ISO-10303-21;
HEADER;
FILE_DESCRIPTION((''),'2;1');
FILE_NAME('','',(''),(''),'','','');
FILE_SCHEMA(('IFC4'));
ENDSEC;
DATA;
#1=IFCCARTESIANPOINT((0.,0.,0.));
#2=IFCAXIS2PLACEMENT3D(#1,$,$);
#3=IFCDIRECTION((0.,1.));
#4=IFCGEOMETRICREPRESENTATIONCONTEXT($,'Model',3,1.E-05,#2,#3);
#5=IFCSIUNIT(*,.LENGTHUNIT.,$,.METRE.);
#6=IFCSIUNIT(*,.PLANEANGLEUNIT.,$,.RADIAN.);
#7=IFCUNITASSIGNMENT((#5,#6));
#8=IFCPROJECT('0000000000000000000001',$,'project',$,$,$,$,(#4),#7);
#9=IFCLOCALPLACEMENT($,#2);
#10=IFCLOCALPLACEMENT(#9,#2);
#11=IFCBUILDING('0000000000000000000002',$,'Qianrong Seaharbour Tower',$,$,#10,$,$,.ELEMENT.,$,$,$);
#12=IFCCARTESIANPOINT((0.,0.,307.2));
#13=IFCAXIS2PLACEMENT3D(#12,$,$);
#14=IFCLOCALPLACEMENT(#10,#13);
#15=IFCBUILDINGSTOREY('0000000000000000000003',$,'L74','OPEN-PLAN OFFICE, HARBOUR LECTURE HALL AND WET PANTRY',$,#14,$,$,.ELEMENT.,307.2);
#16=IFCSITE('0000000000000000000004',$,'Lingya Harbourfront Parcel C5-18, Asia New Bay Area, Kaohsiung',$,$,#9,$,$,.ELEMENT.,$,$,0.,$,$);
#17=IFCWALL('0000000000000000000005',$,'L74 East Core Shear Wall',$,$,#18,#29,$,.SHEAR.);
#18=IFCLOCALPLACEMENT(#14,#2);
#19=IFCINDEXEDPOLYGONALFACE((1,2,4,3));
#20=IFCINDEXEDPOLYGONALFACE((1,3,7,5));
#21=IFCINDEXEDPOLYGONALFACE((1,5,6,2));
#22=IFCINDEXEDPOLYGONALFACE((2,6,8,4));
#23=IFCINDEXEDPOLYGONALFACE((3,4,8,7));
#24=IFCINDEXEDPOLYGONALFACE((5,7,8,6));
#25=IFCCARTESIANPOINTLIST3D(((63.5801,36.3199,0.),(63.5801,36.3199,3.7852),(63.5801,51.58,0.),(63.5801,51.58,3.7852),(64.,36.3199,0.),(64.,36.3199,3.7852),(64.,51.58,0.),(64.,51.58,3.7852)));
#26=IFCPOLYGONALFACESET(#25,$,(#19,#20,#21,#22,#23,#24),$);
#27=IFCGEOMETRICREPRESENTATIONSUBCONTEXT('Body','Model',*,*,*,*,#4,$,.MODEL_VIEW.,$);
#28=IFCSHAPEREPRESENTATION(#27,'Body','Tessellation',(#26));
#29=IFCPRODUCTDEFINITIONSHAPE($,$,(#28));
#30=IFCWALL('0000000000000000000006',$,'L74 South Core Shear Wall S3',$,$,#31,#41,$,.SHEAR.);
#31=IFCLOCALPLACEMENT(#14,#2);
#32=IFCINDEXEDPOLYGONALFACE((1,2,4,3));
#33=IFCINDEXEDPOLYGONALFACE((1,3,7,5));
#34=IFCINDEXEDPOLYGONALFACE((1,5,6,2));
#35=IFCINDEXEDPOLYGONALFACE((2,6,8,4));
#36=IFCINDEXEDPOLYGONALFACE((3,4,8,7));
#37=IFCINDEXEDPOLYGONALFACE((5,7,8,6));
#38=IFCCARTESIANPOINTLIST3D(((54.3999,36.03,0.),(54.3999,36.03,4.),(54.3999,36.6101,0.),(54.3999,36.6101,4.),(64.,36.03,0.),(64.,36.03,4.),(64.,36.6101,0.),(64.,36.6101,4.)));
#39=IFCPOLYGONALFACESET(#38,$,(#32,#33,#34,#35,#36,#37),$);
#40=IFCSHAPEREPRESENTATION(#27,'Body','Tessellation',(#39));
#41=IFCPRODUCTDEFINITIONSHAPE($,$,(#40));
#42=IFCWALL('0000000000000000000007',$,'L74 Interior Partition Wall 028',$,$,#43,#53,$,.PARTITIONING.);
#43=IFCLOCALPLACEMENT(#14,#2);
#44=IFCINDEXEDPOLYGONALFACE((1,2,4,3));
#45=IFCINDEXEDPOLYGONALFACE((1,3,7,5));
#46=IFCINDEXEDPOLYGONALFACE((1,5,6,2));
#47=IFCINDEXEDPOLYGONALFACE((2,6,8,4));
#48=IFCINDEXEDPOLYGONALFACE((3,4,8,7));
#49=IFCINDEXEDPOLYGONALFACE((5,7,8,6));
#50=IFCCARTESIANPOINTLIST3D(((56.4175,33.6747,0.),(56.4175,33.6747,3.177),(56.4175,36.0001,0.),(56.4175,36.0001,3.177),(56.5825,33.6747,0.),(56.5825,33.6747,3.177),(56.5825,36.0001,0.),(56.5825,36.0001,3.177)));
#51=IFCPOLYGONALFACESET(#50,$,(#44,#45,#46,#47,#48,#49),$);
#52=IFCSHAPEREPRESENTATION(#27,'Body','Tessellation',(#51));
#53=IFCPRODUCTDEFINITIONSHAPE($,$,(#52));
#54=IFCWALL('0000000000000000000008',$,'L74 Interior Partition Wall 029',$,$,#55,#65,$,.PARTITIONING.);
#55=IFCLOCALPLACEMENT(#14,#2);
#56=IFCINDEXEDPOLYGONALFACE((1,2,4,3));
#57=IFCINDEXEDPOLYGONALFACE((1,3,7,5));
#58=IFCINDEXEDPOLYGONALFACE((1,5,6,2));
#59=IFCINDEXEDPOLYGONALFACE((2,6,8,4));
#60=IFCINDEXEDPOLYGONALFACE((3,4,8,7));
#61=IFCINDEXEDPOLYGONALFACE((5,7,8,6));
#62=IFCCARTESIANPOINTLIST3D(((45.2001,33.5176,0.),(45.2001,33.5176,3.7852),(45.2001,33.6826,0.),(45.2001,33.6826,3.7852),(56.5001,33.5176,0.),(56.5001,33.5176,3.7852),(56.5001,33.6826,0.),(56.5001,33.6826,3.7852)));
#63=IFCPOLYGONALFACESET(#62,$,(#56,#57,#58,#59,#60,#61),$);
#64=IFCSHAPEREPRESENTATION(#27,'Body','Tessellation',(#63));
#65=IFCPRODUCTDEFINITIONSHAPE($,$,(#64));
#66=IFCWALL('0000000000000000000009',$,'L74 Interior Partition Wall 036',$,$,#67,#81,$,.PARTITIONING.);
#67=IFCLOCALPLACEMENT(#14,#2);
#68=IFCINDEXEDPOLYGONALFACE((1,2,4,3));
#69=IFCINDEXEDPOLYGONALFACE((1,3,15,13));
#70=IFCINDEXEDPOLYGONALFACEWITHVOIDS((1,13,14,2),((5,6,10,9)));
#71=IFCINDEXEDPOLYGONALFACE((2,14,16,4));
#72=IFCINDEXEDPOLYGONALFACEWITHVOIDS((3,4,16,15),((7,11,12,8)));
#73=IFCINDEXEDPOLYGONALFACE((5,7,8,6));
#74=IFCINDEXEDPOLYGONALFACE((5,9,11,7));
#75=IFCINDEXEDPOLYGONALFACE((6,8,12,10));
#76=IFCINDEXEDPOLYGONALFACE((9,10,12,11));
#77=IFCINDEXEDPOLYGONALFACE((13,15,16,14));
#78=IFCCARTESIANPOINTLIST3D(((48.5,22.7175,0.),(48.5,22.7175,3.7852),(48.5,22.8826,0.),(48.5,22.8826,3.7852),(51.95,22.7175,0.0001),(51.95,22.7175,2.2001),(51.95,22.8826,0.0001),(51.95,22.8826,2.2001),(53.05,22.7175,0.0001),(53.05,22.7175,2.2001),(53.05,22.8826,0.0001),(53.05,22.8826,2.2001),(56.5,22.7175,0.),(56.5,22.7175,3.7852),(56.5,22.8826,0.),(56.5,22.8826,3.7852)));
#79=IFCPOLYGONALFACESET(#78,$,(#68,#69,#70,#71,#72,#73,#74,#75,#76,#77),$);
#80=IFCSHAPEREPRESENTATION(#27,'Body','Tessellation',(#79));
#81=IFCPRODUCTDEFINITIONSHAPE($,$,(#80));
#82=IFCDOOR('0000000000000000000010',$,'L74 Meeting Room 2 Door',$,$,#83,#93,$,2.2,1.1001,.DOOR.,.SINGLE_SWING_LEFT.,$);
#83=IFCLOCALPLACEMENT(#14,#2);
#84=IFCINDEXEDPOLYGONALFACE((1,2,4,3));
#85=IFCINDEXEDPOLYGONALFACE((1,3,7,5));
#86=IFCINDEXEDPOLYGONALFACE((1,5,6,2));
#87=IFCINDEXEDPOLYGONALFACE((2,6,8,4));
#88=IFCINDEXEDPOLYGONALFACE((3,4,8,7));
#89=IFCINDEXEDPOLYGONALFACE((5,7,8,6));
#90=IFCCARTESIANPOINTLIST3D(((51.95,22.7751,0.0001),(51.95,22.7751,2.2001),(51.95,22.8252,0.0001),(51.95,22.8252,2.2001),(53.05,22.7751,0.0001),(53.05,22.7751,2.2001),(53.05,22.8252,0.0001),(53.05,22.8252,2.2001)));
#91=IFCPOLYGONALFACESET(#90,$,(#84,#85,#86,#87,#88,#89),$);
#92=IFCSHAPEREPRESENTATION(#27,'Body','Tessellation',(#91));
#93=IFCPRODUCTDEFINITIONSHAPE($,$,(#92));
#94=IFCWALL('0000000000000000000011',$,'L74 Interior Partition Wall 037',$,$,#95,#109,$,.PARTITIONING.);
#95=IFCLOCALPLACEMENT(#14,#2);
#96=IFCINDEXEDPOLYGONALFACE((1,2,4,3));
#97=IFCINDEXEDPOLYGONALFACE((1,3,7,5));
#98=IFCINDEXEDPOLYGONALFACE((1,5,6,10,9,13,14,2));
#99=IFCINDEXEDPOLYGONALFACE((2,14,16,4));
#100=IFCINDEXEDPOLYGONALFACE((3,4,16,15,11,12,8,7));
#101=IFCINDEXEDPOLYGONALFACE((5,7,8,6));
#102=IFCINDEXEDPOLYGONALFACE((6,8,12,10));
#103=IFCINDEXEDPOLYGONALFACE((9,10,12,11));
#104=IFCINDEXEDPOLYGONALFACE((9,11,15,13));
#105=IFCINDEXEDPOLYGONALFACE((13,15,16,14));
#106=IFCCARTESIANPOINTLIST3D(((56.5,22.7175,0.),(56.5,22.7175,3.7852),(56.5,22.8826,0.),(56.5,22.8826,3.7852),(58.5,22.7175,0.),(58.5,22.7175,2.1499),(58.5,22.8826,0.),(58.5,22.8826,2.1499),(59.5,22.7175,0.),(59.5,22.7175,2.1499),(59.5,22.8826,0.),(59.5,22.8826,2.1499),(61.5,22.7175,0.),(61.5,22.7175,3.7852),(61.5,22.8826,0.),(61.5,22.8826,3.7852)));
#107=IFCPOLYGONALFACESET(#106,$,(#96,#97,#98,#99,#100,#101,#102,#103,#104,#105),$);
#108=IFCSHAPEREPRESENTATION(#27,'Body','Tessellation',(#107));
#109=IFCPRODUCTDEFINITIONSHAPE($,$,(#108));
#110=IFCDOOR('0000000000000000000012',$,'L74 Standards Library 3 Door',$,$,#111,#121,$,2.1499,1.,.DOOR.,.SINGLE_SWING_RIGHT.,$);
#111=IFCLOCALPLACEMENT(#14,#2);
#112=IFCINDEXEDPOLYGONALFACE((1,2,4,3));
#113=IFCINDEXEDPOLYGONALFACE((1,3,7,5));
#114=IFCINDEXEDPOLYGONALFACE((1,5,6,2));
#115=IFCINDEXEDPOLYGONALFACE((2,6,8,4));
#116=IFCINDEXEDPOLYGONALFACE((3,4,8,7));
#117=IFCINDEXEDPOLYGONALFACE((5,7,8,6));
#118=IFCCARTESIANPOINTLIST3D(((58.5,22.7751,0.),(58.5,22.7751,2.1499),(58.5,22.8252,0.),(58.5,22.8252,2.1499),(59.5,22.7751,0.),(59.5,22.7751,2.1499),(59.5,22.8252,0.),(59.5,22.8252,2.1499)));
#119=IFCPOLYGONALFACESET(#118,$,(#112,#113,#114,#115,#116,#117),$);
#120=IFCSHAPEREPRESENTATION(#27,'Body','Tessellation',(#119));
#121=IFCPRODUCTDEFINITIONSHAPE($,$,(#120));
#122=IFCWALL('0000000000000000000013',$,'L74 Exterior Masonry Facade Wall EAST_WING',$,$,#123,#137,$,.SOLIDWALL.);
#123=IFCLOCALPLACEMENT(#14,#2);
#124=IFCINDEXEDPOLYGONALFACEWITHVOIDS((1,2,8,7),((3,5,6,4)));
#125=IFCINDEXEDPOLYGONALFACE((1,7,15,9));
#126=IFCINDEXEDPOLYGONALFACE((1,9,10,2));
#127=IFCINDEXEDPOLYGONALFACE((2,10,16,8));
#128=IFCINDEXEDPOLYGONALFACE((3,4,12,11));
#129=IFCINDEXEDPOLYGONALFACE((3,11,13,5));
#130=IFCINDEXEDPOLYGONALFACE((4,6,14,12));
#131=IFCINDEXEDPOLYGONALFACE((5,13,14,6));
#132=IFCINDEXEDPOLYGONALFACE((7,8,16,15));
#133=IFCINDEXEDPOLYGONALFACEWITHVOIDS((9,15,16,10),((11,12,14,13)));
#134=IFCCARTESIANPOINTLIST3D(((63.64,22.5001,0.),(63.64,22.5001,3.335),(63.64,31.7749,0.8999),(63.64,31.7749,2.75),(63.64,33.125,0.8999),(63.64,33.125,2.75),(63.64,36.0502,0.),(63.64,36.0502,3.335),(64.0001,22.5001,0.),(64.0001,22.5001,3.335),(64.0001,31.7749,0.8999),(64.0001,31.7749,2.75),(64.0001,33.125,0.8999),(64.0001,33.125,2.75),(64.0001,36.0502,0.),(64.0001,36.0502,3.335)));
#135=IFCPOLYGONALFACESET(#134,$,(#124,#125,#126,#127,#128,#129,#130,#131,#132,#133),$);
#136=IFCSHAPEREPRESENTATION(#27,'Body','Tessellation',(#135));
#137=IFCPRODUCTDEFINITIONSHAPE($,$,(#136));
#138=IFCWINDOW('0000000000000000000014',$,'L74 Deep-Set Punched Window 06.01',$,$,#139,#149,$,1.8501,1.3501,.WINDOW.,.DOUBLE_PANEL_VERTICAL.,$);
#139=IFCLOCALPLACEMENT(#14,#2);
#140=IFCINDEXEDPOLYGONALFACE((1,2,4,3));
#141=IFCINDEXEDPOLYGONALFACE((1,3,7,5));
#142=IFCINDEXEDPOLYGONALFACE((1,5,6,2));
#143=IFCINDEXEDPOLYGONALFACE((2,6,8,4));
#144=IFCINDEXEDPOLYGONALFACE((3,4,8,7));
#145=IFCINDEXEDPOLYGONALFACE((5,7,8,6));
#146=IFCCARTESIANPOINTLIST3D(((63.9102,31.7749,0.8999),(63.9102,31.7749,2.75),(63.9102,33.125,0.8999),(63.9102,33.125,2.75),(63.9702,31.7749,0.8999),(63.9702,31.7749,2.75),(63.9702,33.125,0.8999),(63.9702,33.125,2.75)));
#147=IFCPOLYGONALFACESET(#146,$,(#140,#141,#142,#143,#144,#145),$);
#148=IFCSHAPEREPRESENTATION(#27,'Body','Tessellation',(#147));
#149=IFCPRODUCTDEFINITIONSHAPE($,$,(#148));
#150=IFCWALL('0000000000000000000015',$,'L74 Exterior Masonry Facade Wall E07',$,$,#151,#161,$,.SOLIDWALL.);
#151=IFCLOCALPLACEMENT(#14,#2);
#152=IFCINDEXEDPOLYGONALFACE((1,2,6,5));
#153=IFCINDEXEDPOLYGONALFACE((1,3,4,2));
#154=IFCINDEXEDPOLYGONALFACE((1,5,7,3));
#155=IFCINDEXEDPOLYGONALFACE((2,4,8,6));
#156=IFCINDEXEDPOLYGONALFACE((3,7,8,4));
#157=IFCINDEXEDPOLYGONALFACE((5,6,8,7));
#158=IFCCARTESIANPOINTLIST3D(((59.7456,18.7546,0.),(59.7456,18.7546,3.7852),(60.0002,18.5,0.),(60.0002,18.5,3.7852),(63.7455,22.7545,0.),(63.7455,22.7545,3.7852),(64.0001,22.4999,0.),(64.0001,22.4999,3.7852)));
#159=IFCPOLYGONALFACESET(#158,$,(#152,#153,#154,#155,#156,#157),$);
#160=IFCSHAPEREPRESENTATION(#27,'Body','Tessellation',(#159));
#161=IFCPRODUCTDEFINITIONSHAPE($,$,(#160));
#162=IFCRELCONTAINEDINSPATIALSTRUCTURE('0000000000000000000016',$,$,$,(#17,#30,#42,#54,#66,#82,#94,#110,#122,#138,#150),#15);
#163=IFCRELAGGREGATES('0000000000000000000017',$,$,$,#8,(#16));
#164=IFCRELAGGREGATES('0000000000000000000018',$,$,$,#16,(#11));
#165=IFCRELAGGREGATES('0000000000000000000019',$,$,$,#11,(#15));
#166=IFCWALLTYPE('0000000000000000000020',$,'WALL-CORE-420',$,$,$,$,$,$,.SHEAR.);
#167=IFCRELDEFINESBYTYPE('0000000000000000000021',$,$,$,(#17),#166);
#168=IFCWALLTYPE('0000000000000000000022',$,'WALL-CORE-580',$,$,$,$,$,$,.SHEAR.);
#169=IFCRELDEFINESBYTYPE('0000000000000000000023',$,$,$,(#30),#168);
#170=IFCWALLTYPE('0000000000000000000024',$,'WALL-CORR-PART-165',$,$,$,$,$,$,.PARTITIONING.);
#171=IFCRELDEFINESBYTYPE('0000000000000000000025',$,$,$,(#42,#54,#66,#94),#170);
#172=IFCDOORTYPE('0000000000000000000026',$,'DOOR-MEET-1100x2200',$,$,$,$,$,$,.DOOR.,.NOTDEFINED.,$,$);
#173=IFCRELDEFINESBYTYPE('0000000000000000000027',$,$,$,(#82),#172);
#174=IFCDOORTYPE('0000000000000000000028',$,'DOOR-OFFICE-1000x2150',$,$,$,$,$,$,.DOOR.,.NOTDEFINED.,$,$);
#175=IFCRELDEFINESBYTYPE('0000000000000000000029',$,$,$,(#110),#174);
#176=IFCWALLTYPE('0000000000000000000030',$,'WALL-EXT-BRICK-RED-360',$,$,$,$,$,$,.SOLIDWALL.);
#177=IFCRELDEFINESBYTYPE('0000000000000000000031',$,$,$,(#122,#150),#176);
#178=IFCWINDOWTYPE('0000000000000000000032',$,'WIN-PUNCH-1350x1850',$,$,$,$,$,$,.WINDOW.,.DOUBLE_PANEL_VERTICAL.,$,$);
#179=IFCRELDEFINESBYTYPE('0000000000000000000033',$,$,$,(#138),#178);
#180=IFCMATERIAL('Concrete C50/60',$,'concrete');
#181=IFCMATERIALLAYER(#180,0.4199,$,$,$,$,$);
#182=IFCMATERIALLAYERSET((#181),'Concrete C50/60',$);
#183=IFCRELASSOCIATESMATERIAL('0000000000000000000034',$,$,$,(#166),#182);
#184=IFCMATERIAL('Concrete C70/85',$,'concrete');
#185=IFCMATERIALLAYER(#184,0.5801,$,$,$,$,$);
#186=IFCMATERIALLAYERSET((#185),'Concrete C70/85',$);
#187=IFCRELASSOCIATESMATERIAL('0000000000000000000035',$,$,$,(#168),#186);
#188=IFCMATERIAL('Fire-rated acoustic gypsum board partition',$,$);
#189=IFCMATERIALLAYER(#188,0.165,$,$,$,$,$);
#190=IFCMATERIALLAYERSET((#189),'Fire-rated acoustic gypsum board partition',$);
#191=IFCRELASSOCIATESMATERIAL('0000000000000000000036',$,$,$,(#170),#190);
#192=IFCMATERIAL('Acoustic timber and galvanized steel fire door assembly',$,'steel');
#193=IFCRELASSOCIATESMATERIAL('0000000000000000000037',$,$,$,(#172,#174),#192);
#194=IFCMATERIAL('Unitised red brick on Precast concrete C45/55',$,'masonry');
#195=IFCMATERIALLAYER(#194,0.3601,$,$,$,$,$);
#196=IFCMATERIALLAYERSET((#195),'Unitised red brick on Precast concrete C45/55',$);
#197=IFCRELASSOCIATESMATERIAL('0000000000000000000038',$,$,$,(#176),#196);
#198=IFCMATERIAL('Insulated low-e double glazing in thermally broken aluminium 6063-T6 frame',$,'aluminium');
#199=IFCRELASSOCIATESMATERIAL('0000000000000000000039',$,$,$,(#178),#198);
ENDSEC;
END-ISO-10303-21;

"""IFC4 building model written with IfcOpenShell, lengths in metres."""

from ifc_helpers import new_model, si_unit, direction, frame, frame_2d, origin, place, context, subcontext, project, spatial, rectangle, extrude, material, layer, layer_set, type_object, element, fill, save


model = new_model("IFC4")

# Units and contexts
model_context = context("Model", 3, precision=1e-05, world=origin(), true_north=direction((0.0, 1.0)))
body_context = subcontext(model_context, "Body", "Model", "MODEL_VIEW")
ifc_project = project(units=[si_unit("LENGTHUNIT", "METRE"), si_unit("PLANEANGLEUNIT", "RADIAN")], contexts=[model_context])

# Site, building, storey
site_placement = place(None, origin())
site = spatial("IfcSite", under=ifc_project, at=site_placement, Name="Lingya Harbourfront Parcel C5-18, Asia New Bay Area, Kaohsiung", CompositionType="ELEMENT", RefElevation=0.0)
building_placement = place(site_placement, origin())
building = spatial("IfcBuilding", under=site, at=building_placement, Name="Qianrong Seaharbour Tower", CompositionType="ELEMENT")
storey_placement = place(building_placement, frame((0.0, 0.0, 307.2)))
storey = spatial("IfcBuildingStorey", under=building, at=storey_placement, Name="L74", Description="OPEN-PLAN OFFICE, HARBOUR LECTURE HALL AND WET PANTRY", CompositionType="ELEMENT", Elevation=307.2)

# Shared definitions
ifc_material_1 = material(Name="Concrete C50/60", Category="concrete")

# Walls
ifc_layer_1 = layer(ifc_material_1, 0.4199)
ifc_layer_set_1 = layer_set([ifc_layer_1], Name="Concrete C50/60")
wall_type_1 = type_object("IfcWallType", Name="WALL-CORE-420", PredefinedType="SHEAR", material=ifc_layer_set_1)
wall_1_placement = place(storey_placement, frame((63.79, 36.3201, 0.0), z_axis=(0.0, 0.0, 1.0), x_axis=(0.0, 1.0, 0.0)))
element("IfcWall", 1, at=wall_1_placement, inside=storey, type_object=wall_type_1, Name="L74 East Core Shear Wall", PredefinedType="SHEAR", context=body_context, shape_type="SweptSolid", body=[
    extrude(rectangle(XDim=15.26, YDim=0.4199, at=frame_2d((7.6299, 0.0))), origin(), (0.0, 0.0, 1.0), 3.7852),
])
ifc_material_2 = material(Name="Concrete C70/85", Category="concrete")
ifc_layer_2 = layer(ifc_material_2, 0.5801)
ifc_layer_set_2 = layer_set([ifc_layer_2], Name="Concrete C70/85")
wall_type_2 = type_object("IfcWallType", Name="WALL-CORE-580", PredefinedType="SHEAR", material=ifc_layer_set_2)
wall_2_placement = place(storey_placement, frame((54.3999, 36.3201, 0.0), z_axis=(0.0, 0.0, 1.0), x_axis=(1.0, 0.0, 0.0)))
element("IfcWall", 2, at=wall_2_placement, inside=storey, type_object=wall_type_2, Name="L74 South Core Shear Wall S3", PredefinedType="SHEAR", context=body_context, shape_type="SweptSolid", body=[
    extrude(rectangle(XDim=9.6001, YDim=0.5801, at=frame_2d((4.8, 0.0))), origin(), (0.0, 0.0, 1.0), 4.0),
])
ifc_material_3 = material(Name="Fire-rated acoustic gypsum board partition")
ifc_layer_3 = layer(ifc_material_3, 0.165)
ifc_layer_set_3 = layer_set([ifc_layer_3], Name="Fire-rated acoustic gypsum board partition")
wall_type_3 = type_object("IfcWallType", Name="WALL-CORR-PART-165", PredefinedType="PARTITIONING", material=ifc_layer_set_3)
wall_3_placement = place(storey_placement, frame((56.5, 36.0, 0.0), z_axis=(0.0, 0.0, 1.0), x_axis=(0.0, -1.0, 0.0)))
element("IfcWall", 3, at=wall_3_placement, inside=storey, type_object=wall_type_3, Name="L74 Interior Partition Wall 028", PredefinedType="PARTITIONING", context=body_context, shape_type="SweptSolid", body=[
    extrude(rectangle(XDim=2.3254, YDim=0.165, at=frame_2d((1.1626, 0.0))), origin(), (0.0, 0.0, 1.0), 3.177),
])
wall_4_placement = place(storey_placement, frame((56.5, 33.6001, 0.0), z_axis=(0.0, 0.0, 1.0), x_axis=(-1.0, 0.0, 0.0)))
element("IfcWall", 4, at=wall_4_placement, inside=storey, type_object=wall_type_3, Name="L74 Interior Partition Wall 029", PredefinedType="PARTITIONING", context=body_context, shape_type="SweptSolid", body=[
    extrude(rectangle(XDim=11.3, YDim=0.165, at=frame_2d((5.6499, 0.0))), origin(), (0.0, 0.0, 1.0), 3.7852),
])

# Walls, openings, doors
wall_5_placement = place(storey_placement, frame((56.5, 22.8, 0.0), z_axis=(0.0, 0.0, 1.0), x_axis=(-1.0, 0.0, 0.0)))
wall_5 = element("IfcWall", 5, at=wall_5_placement, inside=storey, type_object=wall_type_3, Name="L74 Interior Partition Wall 036", PredefinedType="PARTITIONING", context=body_context, shape_type="SweptSolid", body=[
    extrude(rectangle(XDim=8.0, YDim=0.165, at=frame_2d((4.0, 0.0))), origin(), (0.0, 0.0, 1.0), 3.7852),
])
opening_1_placement = place(wall_5_placement, frame((3.45, 0.0, 0.0)))
opening_1 = element("IfcOpeningElement", 6, at=opening_1_placement, cuts=wall_5, PredefinedType="OPENING", context=body_context, shape_type="SweptSolid", body=[
    extrude(rectangle(XDim=1.1001, YDim=2.2, at=frame_2d((0.55, 1.1001))), frame((0.0, 0.0925, 0.0), z_axis=(0.0, -1.0, 0.0), x_axis=(1.0, 0.0, 0.0)), (0.0, 0.0, 1.0), 0.1851),
])
ifc_material_4 = material(Name="Acoustic timber and galvanized steel fire door assembly", Category="steel")
door_type_1 = type_object("IfcDoorType", Name="DOOR-MEET-1100x2200", OperationType="NOTDEFINED", PredefinedType="DOOR", material=ifc_material_4)
door_1_placement = place(opening_1_placement, origin())
door_1 = element("IfcDoor", 7, at=door_1_placement, inside=storey, type_object=door_type_1, Name="L74 Meeting Room 2 Door", OperationType="SINGLE_SWING_LEFT", OverallHeight=2.2, OverallWidth=1.1001, PredefinedType="DOOR", context=body_context, shape_type="SweptSolid", body=[
    extrude(rectangle(XDim=1.1001, YDim=2.2, at=frame_2d((0.55, 1.1001))), frame((0.0, 0.0249, 0.0), z_axis=(0.0, -1.0, 0.0), x_axis=(1.0, 0.0, 0.0)), (0.0, 0.0, 1.0), 0.05),
])
fill(opening_1, door_1)
wall_6_placement = place(storey_placement, frame((61.5, 22.8, 0.0), z_axis=(0.0, 0.0, 1.0), x_axis=(-1.0, 0.0, 0.0)))
wall_6 = element("IfcWall", 8, at=wall_6_placement, inside=storey, type_object=wall_type_3, Name="L74 Interior Partition Wall 037", PredefinedType="PARTITIONING", context=body_context, shape_type="SweptSolid", body=[
    extrude(rectangle(XDim=5.0, YDim=0.165, at=frame_2d((2.5, 0.0))), origin(), (0.0, 0.0, 1.0), 3.7852),
])
opening_2_placement = place(wall_6_placement, frame((2.0, 0.0, 0.0)))
opening_2 = element("IfcOpeningElement", 9, at=opening_2_placement, cuts=wall_6, PredefinedType="OPENING", context=body_context, shape_type="SweptSolid", body=[
    extrude(rectangle(XDim=1.0, YDim=2.1499, at=frame_2d((0.5, 1.075))), frame((0.0, 0.0925, 0.0), z_axis=(0.0, -1.0, 0.0), x_axis=(1.0, 0.0, 0.0)), (0.0, 0.0, 1.0), 0.1851),
])
door_type_2 = type_object("IfcDoorType", Name="DOOR-OFFICE-1000x2150", OperationType="NOTDEFINED", PredefinedType="DOOR", material=ifc_material_4)
door_2_placement = place(opening_2_placement, origin())
door_2 = element("IfcDoor", 10, at=door_2_placement, inside=storey, type_object=door_type_2, Name="L74 Standards Library 3 Door", OperationType="SINGLE_SWING_RIGHT", OverallHeight=2.1499, OverallWidth=1.0, PredefinedType="DOOR", context=body_context, shape_type="SweptSolid", body=[
    extrude(rectangle(XDim=1.0, YDim=2.1499, at=frame_2d((0.5, 1.075))), frame((0.0, 0.0249, 0.0), z_axis=(0.0, -1.0, 0.0), x_axis=(1.0, 0.0, 0.0)), (0.0, 0.0, 1.0), 0.05),
])
fill(opening_2, door_2)

# Wall, opening, window
ifc_material_5 = material(Name="Unitised red brick on Precast concrete C45/55", Category="masonry")
ifc_layer_4 = layer(ifc_material_5, 0.3601)
ifc_layer_set_4 = layer_set([ifc_layer_4], Name="Unitised red brick on Precast concrete C45/55")
wall_type_4 = type_object("IfcWallType", Name="WALL-EXT-BRICK-RED-360", PredefinedType="SOLIDWALL", material=ifc_layer_set_4)
wall_7_placement = place(storey_placement, frame((63.8201, 36.05, 0.0), z_axis=(0.0, 0.0, 1.0), x_axis=(0.0, -1.0, 0.0)))
wall_7 = element("IfcWall", 11, at=wall_7_placement, inside=storey, type_object=wall_type_4, Name="L74 Exterior Masonry Facade Wall EAST_WING", PredefinedType="SOLIDWALL", context=body_context, shape_type="SweptSolid", body=[
    extrude(rectangle(XDim=13.55, YDim=0.3601, at=frame_2d((6.7749, 0.0))), origin(), (0.0, 0.0, 1.0), 3.335),
])
opening_3_placement = place(wall_7_placement, frame((2.925, 0.0, 0.8999)))
opening_3 = element("IfcOpeningElement", 12, at=opening_3_placement, cuts=wall_7, PredefinedType="OPENING", context=body_context, shape_type="SweptSolid", body=[
    extrude(rectangle(XDim=1.3501, YDim=1.8501, at=frame_2d((0.675, 0.925))), frame((0.0, 0.1899, 0.0), z_axis=(0.0, -1.0, 0.0), x_axis=(1.0, 0.0, 0.0)), (0.0, 0.0, 1.0), 0.3801),
])
ifc_material_6 = material(Name="Insulated low-e double glazing in thermally broken aluminium 6063-T6 frame", Category="aluminium")
window_type = type_object("IfcWindowType", Name="WIN-PUNCH-1350x1850", PartitioningType="DOUBLE_PANEL_VERTICAL", PredefinedType="WINDOW", material=ifc_material_6)
window_1_placement = place(opening_3_placement, origin())
window_1 = element("IfcWindow", 13, at=window_1_placement, inside=storey, type_object=window_type, Name="L74 Deep-Set Punched Window 06.01", OverallHeight=1.8501, OverallWidth=1.3501, PartitioningType="DOUBLE_PANEL_VERTICAL", PredefinedType="WINDOW", context=body_context, shape_type="SweptSolid", body=[
    extrude(rectangle(XDim=1.3501, YDim=1.8501, at=frame_2d((0.675, 0.925))), frame((0.0, 0.1501, 0.0), z_axis=(0.0, -1.0, 0.0), x_axis=(1.0, 0.0, 0.0)), (0.0, 0.0, 1.0), 0.0601),
])
fill(opening_3, window_1)

# Wall
wall_8_placement = place(storey_placement, frame((63.8728, 22.6272, 0.0), z_axis=(0.0, 0.0, 1.0), x_axis=(-0.707107, -0.707107, 0.0)))
element("IfcWall", 14, at=wall_8_placement, inside=storey, type_object=wall_type_4, Name="L74 Exterior Masonry Facade Wall E07", PredefinedType="SOLIDWALL", context=body_context, shape_type="SweptSolid", body=[
    extrude(rectangle(XDim=5.6567, YDim=0.3601, at=frame_2d((2.8284, 0.0))), origin(), (0.0, 0.0, 1.0), 3.7852),
])

save(model, "model.ifc")
